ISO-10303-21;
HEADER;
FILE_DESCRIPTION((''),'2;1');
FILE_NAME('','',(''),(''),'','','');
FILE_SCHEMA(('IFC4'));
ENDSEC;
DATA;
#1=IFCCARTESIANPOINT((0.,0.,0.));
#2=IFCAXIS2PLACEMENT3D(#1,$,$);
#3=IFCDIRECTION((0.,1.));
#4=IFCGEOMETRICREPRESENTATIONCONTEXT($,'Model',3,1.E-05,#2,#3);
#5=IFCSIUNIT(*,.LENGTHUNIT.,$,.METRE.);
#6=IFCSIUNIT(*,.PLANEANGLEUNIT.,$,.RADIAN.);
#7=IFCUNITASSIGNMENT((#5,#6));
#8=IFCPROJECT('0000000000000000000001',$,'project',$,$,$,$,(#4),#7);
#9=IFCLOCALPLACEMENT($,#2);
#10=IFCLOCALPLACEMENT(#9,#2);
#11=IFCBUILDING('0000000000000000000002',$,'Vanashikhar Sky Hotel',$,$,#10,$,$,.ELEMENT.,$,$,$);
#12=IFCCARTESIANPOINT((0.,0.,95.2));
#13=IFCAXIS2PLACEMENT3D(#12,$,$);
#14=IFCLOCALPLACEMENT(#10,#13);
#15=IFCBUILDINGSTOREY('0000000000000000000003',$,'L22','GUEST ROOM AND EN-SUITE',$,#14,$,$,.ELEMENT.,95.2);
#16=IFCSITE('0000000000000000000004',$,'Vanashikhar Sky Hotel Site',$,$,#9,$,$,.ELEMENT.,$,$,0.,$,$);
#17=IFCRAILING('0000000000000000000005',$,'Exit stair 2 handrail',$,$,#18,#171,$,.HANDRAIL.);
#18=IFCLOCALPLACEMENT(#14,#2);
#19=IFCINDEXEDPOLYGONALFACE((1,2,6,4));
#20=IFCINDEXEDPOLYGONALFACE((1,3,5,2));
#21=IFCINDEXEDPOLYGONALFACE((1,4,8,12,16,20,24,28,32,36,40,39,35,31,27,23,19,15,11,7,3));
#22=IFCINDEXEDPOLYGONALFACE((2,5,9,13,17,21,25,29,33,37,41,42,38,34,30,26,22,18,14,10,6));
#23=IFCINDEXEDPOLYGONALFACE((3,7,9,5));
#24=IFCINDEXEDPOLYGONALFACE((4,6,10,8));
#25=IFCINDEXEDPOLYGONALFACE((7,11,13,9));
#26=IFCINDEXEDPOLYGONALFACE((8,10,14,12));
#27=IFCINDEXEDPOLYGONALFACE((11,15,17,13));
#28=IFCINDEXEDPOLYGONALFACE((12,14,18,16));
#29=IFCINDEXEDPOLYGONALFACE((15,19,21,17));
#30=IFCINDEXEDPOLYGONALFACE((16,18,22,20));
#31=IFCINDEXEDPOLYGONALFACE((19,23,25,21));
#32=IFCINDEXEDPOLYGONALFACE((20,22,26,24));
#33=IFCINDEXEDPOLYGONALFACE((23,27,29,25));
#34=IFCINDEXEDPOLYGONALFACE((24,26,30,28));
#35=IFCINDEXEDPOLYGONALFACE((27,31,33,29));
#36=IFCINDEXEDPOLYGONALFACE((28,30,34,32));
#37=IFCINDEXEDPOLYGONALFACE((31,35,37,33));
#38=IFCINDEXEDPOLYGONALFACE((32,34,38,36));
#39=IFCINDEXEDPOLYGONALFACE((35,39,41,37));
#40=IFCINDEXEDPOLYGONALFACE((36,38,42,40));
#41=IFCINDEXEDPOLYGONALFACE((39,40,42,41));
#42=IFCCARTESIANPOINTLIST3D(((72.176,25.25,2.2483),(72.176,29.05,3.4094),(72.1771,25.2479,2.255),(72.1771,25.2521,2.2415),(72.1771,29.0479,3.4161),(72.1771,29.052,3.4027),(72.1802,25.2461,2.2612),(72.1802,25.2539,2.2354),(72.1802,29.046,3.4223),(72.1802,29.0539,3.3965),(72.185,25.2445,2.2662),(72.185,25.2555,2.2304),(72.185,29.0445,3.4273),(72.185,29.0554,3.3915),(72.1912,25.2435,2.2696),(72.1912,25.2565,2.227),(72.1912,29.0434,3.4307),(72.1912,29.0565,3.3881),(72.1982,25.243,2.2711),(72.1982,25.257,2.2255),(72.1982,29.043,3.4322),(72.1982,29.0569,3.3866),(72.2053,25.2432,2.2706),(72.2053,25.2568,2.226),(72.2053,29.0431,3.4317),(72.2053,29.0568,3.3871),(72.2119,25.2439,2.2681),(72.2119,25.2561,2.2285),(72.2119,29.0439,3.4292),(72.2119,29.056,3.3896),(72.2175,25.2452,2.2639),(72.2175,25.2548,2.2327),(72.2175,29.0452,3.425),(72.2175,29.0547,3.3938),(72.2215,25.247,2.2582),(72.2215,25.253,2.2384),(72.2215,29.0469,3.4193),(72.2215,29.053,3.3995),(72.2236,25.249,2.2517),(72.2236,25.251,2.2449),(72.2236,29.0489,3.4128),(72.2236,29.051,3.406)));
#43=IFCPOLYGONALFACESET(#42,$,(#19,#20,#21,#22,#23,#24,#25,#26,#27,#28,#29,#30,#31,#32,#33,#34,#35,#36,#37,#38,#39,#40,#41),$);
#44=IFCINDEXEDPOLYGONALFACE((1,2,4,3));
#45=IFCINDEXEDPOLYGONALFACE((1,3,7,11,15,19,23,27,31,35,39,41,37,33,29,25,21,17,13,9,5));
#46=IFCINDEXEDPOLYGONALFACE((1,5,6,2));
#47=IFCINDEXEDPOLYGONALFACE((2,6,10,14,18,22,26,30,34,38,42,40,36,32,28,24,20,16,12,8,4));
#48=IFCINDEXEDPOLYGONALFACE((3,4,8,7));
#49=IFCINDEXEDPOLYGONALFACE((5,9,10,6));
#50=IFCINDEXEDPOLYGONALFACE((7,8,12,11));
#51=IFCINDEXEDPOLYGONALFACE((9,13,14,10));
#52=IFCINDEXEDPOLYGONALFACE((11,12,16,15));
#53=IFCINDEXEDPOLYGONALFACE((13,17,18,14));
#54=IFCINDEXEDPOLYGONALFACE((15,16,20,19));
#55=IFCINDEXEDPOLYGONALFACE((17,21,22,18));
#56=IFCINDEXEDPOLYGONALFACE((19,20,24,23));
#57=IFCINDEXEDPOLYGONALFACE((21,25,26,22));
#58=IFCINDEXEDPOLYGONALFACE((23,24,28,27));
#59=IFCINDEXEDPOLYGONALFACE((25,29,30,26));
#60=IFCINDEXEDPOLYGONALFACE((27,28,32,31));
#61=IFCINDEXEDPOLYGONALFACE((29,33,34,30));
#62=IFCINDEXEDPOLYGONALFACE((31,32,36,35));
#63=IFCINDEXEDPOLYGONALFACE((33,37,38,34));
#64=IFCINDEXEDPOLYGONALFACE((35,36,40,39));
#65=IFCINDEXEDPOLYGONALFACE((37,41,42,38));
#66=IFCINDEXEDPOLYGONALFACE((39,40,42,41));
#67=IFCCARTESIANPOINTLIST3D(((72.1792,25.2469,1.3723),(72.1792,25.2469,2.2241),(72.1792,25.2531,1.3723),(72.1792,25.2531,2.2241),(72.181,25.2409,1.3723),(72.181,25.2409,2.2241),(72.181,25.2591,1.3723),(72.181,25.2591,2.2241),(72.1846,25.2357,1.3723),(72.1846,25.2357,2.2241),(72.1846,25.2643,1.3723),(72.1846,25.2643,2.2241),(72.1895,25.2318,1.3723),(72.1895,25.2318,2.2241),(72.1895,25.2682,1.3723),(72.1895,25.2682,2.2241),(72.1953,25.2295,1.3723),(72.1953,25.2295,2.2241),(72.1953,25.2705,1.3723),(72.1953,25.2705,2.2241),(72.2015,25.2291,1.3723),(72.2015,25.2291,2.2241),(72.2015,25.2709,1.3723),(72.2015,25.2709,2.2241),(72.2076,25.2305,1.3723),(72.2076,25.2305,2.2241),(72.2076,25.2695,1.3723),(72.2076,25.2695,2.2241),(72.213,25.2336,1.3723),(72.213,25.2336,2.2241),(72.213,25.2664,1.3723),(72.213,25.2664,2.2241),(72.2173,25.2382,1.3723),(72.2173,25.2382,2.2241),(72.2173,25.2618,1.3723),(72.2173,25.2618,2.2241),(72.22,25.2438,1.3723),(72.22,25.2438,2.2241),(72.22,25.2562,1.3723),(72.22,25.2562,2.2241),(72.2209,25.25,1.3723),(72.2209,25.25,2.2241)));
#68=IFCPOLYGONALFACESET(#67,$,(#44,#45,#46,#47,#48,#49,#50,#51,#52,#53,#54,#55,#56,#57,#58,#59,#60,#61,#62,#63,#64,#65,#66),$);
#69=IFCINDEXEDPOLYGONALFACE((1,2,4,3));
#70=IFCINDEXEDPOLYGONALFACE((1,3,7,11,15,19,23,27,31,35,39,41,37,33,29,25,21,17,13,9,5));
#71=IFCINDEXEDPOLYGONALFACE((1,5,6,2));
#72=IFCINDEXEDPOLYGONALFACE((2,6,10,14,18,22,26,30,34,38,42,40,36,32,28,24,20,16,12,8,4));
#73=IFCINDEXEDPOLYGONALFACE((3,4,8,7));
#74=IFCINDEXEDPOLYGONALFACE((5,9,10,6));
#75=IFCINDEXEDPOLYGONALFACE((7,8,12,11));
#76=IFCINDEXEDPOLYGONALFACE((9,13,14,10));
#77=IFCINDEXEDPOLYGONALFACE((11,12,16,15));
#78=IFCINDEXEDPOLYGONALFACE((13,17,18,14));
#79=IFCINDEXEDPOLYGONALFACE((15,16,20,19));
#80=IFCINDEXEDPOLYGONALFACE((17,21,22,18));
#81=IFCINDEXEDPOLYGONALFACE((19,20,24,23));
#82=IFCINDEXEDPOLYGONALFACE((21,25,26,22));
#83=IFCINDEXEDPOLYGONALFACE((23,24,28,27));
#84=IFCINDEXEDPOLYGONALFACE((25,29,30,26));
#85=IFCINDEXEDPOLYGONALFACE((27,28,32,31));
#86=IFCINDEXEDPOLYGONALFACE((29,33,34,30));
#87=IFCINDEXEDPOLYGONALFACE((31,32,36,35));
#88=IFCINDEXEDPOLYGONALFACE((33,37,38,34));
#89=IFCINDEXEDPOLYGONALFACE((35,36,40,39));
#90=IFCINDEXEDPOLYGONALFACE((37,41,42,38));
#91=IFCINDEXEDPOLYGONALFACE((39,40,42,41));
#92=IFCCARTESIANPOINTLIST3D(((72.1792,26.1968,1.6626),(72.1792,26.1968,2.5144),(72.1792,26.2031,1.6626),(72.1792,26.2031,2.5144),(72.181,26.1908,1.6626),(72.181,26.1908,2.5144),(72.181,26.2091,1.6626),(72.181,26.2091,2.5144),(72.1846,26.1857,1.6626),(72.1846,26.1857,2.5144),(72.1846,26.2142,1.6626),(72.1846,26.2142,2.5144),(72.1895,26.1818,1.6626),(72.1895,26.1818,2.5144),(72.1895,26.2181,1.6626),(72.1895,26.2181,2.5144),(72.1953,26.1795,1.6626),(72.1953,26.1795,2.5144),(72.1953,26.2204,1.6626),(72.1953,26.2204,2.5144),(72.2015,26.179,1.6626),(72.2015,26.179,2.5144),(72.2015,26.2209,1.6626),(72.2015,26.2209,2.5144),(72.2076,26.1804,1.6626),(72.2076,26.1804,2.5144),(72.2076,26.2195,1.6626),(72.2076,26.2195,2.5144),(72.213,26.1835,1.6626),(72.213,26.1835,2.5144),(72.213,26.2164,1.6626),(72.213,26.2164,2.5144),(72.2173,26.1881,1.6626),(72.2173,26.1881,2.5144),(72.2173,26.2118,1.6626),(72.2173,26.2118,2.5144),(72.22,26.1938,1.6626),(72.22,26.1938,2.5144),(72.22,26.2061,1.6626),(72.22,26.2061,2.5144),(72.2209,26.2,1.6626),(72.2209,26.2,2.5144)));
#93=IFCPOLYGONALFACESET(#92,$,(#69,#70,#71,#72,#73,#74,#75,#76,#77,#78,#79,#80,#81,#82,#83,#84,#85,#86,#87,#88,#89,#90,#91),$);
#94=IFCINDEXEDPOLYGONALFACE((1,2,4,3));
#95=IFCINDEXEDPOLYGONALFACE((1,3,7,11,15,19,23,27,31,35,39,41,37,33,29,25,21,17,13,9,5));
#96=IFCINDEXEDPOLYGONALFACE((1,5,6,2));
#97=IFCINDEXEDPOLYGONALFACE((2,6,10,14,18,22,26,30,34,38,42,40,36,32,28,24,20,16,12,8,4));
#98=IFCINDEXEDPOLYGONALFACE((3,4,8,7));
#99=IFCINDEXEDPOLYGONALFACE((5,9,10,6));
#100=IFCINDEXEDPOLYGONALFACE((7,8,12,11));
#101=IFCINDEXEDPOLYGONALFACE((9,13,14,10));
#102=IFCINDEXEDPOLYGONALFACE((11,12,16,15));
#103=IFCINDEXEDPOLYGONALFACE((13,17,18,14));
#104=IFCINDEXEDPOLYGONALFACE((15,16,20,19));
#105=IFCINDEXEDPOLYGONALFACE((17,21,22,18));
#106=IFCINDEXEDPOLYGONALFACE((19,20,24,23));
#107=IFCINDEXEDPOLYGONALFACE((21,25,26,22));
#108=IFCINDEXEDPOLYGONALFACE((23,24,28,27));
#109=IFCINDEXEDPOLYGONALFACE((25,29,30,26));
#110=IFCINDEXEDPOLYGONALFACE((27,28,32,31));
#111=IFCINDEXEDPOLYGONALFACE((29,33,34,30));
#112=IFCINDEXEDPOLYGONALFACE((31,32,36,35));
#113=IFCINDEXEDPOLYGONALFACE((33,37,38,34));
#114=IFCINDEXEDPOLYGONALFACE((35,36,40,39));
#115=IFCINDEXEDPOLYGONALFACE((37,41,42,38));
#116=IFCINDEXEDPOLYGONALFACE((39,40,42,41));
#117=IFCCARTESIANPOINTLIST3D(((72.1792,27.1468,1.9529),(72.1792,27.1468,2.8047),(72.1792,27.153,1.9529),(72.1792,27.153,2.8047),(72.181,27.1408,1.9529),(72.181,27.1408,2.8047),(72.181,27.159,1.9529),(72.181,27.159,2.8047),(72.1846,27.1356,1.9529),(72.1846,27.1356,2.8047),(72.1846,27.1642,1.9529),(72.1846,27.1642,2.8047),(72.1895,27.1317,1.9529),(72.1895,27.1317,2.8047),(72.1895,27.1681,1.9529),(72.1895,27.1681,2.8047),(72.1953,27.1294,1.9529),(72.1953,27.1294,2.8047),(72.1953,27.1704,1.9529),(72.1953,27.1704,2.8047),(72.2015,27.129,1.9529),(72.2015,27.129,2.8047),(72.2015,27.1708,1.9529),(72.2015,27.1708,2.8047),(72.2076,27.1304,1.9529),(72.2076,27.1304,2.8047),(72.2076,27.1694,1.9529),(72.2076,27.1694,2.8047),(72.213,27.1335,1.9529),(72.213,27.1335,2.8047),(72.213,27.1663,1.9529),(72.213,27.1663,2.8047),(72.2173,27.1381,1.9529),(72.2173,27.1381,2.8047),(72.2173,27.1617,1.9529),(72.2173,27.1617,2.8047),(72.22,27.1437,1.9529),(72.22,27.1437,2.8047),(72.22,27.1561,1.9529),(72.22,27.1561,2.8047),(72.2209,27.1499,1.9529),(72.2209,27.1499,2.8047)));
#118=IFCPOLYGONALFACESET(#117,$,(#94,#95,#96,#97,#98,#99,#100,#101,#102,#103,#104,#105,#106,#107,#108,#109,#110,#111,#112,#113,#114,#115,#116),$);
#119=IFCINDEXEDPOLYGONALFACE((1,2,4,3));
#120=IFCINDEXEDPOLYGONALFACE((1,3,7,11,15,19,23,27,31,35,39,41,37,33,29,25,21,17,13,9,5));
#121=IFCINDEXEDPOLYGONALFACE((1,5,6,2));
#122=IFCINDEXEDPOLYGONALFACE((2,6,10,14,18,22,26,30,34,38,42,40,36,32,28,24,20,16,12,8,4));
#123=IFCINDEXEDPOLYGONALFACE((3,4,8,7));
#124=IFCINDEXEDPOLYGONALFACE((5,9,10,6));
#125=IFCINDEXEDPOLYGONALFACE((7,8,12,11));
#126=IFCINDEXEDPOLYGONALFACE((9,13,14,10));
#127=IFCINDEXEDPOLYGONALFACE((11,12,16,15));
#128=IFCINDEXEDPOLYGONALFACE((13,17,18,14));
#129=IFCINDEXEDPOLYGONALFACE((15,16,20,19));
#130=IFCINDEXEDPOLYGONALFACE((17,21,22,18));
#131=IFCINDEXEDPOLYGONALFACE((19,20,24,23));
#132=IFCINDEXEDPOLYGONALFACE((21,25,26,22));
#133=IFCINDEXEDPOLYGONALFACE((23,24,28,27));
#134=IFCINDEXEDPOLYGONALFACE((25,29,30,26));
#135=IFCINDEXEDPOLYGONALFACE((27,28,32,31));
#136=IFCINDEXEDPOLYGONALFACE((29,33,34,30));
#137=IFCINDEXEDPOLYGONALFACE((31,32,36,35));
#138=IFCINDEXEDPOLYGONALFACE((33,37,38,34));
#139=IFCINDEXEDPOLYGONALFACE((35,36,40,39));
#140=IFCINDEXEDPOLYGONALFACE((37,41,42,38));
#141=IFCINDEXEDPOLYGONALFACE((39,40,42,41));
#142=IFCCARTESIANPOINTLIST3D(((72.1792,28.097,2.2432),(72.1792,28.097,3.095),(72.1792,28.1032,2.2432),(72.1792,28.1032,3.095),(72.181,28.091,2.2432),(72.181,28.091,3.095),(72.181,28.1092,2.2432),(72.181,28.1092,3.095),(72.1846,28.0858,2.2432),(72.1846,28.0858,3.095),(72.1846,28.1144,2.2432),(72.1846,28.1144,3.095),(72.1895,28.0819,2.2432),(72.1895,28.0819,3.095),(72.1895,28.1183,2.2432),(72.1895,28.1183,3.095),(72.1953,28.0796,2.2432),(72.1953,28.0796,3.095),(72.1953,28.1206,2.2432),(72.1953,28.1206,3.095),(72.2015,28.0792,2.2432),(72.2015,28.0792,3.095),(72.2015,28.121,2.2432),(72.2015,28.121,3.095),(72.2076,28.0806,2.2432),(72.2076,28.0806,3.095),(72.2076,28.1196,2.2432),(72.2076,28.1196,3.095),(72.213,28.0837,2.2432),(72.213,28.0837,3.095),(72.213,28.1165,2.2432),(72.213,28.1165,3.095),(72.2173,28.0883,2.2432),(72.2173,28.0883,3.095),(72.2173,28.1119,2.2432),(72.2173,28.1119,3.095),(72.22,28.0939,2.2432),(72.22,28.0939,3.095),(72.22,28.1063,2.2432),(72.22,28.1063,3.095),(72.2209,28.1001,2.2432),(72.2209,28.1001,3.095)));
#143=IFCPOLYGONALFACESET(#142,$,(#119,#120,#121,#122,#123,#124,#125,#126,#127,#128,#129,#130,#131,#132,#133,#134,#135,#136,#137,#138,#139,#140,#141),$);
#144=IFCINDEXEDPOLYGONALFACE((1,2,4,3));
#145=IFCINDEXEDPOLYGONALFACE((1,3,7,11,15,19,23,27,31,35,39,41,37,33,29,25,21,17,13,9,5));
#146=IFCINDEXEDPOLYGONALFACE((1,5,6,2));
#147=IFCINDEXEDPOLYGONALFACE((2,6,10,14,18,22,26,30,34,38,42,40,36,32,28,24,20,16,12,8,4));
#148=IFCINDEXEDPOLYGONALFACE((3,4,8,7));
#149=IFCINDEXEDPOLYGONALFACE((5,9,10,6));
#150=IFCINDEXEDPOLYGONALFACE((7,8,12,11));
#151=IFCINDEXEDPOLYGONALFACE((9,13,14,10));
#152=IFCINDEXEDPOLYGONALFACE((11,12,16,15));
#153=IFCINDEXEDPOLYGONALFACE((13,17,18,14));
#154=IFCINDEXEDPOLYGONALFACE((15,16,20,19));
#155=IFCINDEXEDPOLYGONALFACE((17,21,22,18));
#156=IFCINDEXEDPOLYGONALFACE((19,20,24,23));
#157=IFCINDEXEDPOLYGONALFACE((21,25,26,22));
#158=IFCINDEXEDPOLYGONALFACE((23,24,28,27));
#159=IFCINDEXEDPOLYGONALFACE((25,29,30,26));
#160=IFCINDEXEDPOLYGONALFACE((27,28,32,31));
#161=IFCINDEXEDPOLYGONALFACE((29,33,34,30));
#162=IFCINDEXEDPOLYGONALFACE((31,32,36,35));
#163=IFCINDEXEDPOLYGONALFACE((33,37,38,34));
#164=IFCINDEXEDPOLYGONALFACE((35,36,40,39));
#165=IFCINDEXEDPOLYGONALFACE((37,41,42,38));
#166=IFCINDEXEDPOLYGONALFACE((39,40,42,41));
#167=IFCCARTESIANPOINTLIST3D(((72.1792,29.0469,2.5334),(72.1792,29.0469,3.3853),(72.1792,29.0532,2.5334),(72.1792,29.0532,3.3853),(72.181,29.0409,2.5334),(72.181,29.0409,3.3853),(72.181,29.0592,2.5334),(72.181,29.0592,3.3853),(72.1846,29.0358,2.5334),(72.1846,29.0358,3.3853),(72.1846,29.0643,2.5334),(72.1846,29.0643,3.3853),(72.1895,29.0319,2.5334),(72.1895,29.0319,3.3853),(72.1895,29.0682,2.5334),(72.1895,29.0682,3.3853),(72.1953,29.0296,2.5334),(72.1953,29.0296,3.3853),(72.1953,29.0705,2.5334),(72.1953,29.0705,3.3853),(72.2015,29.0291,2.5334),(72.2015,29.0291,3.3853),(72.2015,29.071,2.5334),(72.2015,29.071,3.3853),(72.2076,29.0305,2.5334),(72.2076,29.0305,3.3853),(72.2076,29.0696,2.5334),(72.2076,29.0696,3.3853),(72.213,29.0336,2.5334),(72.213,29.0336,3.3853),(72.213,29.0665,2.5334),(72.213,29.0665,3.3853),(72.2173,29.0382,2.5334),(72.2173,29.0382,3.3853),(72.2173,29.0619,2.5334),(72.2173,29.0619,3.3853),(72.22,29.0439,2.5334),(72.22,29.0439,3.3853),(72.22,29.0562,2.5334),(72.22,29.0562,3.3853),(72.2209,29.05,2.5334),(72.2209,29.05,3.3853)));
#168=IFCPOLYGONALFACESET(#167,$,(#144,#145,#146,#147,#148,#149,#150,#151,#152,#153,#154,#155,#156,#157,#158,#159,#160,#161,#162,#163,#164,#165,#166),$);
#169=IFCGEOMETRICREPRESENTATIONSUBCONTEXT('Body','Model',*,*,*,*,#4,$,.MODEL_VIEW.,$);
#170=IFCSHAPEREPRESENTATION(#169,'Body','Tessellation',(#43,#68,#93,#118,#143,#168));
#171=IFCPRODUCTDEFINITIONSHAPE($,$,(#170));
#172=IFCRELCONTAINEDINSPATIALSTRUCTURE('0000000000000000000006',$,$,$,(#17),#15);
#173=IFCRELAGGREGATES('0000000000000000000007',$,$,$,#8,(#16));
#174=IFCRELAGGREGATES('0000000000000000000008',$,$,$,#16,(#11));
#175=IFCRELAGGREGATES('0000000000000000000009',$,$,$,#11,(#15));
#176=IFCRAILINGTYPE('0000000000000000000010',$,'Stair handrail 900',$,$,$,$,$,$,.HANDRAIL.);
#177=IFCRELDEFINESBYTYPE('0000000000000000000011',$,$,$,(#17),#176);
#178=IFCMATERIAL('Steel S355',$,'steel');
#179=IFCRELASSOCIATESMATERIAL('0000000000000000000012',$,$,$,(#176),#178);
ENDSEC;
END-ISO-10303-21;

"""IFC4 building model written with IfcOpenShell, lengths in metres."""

from ifc_helpers import new_model, si_unit, direction, frame, origin, origin_2d, place, context, subcontext, project, spatial, circle, extrude, source, transform, mapped, material, type_object, element, save


model = new_model("IFC4")

# Units and contexts
model_context = context("Model", 3, precision=1e-05, world=origin(), true_north=direction((0.0, 1.0)))
body_context = subcontext(model_context, "Body", "Model", "MODEL_VIEW")
ifc_project = project(units=[si_unit("LENGTHUNIT", "METRE"), si_unit("PLANEANGLEUNIT", "RADIAN")], contexts=[model_context])

# Site, building, storey
site_placement = place(None, origin())
site = spatial("IfcSite", under=ifc_project, at=site_placement, Name="Vanashikhar Sky Hotel Site", CompositionType="ELEMENT", RefElevation=0.0)
building_placement = place(site_placement, origin())
building = spatial("IfcBuilding", under=site, at=building_placement, Name="Vanashikhar Sky Hotel", CompositionType="ELEMENT")
storey_placement = place(building_placement, frame((0.0, 0.0, 95.2)))
storey = spatial("IfcBuildingStorey", under=building, at=storey_placement, Name="L22", Description="GUEST ROOM AND EN-SUITE", CompositionType="ELEMENT", Elevation=95.2)

# Railing
ifc_material_1 = material(Name="Steel S355", Category="steel")
railing_type_1 = type_object("IfcRailingType", Name="Stair handrail 900", PredefinedType="HANDRAIL", material=ifc_material_1)
shared_shape_1 = source(origin(), body_context, "Body", "SweptSolid", [
    extrude(circle(Radius=0.0239, at=origin_2d()), frame((0.0, 0.0, 0.876), z_axis=(0.0, 0.956351, 0.29222), x_axis=(-1.0, 0.0, 0.0)), (0.0, 0.0, 1.0), 3.9734),
    extrude(circle(Radius=0.021, at=origin_2d()), origin(), (0.0, 0.0, 1.0), 0.8518),
    extrude(circle(Radius=0.021, at=origin_2d()), frame((0.0, 0.95, 0.2903)), (0.0, 0.0, 1.0), 0.8518),
    extrude(circle(Radius=0.021, at=origin_2d()), frame((0.0, 1.8999, 0.5806)), (0.0, 0.0, 1.0), 0.8518),
    extrude(circle(Radius=0.021, at=origin_2d()), frame((0.0, 2.8501, 0.8708)), (0.0, 0.0, 1.0), 0.8518),
    extrude(circle(Radius=0.021, at=origin_2d()), frame((0.0, 3.8, 1.1611)), (0.0, 0.0, 1.0), 0.8518),
])
for number, where, name in (
    (1, (72.2, 25.25, 1.3723), "Exit stair 2 handrail"),
):
    element("IfcRailing", number, at=place(storey_placement, frame(where)), inside=storey, type_object=railing_type_1, Name=name, PredefinedType="HANDRAIL", context=body_context, shape_type="MappedRepresentation", body=[
        mapped(shared_shape_1, transform((0.0, 0.0, 0.0), scale=1.0)),
    ])

save(model, "model.ifc")
